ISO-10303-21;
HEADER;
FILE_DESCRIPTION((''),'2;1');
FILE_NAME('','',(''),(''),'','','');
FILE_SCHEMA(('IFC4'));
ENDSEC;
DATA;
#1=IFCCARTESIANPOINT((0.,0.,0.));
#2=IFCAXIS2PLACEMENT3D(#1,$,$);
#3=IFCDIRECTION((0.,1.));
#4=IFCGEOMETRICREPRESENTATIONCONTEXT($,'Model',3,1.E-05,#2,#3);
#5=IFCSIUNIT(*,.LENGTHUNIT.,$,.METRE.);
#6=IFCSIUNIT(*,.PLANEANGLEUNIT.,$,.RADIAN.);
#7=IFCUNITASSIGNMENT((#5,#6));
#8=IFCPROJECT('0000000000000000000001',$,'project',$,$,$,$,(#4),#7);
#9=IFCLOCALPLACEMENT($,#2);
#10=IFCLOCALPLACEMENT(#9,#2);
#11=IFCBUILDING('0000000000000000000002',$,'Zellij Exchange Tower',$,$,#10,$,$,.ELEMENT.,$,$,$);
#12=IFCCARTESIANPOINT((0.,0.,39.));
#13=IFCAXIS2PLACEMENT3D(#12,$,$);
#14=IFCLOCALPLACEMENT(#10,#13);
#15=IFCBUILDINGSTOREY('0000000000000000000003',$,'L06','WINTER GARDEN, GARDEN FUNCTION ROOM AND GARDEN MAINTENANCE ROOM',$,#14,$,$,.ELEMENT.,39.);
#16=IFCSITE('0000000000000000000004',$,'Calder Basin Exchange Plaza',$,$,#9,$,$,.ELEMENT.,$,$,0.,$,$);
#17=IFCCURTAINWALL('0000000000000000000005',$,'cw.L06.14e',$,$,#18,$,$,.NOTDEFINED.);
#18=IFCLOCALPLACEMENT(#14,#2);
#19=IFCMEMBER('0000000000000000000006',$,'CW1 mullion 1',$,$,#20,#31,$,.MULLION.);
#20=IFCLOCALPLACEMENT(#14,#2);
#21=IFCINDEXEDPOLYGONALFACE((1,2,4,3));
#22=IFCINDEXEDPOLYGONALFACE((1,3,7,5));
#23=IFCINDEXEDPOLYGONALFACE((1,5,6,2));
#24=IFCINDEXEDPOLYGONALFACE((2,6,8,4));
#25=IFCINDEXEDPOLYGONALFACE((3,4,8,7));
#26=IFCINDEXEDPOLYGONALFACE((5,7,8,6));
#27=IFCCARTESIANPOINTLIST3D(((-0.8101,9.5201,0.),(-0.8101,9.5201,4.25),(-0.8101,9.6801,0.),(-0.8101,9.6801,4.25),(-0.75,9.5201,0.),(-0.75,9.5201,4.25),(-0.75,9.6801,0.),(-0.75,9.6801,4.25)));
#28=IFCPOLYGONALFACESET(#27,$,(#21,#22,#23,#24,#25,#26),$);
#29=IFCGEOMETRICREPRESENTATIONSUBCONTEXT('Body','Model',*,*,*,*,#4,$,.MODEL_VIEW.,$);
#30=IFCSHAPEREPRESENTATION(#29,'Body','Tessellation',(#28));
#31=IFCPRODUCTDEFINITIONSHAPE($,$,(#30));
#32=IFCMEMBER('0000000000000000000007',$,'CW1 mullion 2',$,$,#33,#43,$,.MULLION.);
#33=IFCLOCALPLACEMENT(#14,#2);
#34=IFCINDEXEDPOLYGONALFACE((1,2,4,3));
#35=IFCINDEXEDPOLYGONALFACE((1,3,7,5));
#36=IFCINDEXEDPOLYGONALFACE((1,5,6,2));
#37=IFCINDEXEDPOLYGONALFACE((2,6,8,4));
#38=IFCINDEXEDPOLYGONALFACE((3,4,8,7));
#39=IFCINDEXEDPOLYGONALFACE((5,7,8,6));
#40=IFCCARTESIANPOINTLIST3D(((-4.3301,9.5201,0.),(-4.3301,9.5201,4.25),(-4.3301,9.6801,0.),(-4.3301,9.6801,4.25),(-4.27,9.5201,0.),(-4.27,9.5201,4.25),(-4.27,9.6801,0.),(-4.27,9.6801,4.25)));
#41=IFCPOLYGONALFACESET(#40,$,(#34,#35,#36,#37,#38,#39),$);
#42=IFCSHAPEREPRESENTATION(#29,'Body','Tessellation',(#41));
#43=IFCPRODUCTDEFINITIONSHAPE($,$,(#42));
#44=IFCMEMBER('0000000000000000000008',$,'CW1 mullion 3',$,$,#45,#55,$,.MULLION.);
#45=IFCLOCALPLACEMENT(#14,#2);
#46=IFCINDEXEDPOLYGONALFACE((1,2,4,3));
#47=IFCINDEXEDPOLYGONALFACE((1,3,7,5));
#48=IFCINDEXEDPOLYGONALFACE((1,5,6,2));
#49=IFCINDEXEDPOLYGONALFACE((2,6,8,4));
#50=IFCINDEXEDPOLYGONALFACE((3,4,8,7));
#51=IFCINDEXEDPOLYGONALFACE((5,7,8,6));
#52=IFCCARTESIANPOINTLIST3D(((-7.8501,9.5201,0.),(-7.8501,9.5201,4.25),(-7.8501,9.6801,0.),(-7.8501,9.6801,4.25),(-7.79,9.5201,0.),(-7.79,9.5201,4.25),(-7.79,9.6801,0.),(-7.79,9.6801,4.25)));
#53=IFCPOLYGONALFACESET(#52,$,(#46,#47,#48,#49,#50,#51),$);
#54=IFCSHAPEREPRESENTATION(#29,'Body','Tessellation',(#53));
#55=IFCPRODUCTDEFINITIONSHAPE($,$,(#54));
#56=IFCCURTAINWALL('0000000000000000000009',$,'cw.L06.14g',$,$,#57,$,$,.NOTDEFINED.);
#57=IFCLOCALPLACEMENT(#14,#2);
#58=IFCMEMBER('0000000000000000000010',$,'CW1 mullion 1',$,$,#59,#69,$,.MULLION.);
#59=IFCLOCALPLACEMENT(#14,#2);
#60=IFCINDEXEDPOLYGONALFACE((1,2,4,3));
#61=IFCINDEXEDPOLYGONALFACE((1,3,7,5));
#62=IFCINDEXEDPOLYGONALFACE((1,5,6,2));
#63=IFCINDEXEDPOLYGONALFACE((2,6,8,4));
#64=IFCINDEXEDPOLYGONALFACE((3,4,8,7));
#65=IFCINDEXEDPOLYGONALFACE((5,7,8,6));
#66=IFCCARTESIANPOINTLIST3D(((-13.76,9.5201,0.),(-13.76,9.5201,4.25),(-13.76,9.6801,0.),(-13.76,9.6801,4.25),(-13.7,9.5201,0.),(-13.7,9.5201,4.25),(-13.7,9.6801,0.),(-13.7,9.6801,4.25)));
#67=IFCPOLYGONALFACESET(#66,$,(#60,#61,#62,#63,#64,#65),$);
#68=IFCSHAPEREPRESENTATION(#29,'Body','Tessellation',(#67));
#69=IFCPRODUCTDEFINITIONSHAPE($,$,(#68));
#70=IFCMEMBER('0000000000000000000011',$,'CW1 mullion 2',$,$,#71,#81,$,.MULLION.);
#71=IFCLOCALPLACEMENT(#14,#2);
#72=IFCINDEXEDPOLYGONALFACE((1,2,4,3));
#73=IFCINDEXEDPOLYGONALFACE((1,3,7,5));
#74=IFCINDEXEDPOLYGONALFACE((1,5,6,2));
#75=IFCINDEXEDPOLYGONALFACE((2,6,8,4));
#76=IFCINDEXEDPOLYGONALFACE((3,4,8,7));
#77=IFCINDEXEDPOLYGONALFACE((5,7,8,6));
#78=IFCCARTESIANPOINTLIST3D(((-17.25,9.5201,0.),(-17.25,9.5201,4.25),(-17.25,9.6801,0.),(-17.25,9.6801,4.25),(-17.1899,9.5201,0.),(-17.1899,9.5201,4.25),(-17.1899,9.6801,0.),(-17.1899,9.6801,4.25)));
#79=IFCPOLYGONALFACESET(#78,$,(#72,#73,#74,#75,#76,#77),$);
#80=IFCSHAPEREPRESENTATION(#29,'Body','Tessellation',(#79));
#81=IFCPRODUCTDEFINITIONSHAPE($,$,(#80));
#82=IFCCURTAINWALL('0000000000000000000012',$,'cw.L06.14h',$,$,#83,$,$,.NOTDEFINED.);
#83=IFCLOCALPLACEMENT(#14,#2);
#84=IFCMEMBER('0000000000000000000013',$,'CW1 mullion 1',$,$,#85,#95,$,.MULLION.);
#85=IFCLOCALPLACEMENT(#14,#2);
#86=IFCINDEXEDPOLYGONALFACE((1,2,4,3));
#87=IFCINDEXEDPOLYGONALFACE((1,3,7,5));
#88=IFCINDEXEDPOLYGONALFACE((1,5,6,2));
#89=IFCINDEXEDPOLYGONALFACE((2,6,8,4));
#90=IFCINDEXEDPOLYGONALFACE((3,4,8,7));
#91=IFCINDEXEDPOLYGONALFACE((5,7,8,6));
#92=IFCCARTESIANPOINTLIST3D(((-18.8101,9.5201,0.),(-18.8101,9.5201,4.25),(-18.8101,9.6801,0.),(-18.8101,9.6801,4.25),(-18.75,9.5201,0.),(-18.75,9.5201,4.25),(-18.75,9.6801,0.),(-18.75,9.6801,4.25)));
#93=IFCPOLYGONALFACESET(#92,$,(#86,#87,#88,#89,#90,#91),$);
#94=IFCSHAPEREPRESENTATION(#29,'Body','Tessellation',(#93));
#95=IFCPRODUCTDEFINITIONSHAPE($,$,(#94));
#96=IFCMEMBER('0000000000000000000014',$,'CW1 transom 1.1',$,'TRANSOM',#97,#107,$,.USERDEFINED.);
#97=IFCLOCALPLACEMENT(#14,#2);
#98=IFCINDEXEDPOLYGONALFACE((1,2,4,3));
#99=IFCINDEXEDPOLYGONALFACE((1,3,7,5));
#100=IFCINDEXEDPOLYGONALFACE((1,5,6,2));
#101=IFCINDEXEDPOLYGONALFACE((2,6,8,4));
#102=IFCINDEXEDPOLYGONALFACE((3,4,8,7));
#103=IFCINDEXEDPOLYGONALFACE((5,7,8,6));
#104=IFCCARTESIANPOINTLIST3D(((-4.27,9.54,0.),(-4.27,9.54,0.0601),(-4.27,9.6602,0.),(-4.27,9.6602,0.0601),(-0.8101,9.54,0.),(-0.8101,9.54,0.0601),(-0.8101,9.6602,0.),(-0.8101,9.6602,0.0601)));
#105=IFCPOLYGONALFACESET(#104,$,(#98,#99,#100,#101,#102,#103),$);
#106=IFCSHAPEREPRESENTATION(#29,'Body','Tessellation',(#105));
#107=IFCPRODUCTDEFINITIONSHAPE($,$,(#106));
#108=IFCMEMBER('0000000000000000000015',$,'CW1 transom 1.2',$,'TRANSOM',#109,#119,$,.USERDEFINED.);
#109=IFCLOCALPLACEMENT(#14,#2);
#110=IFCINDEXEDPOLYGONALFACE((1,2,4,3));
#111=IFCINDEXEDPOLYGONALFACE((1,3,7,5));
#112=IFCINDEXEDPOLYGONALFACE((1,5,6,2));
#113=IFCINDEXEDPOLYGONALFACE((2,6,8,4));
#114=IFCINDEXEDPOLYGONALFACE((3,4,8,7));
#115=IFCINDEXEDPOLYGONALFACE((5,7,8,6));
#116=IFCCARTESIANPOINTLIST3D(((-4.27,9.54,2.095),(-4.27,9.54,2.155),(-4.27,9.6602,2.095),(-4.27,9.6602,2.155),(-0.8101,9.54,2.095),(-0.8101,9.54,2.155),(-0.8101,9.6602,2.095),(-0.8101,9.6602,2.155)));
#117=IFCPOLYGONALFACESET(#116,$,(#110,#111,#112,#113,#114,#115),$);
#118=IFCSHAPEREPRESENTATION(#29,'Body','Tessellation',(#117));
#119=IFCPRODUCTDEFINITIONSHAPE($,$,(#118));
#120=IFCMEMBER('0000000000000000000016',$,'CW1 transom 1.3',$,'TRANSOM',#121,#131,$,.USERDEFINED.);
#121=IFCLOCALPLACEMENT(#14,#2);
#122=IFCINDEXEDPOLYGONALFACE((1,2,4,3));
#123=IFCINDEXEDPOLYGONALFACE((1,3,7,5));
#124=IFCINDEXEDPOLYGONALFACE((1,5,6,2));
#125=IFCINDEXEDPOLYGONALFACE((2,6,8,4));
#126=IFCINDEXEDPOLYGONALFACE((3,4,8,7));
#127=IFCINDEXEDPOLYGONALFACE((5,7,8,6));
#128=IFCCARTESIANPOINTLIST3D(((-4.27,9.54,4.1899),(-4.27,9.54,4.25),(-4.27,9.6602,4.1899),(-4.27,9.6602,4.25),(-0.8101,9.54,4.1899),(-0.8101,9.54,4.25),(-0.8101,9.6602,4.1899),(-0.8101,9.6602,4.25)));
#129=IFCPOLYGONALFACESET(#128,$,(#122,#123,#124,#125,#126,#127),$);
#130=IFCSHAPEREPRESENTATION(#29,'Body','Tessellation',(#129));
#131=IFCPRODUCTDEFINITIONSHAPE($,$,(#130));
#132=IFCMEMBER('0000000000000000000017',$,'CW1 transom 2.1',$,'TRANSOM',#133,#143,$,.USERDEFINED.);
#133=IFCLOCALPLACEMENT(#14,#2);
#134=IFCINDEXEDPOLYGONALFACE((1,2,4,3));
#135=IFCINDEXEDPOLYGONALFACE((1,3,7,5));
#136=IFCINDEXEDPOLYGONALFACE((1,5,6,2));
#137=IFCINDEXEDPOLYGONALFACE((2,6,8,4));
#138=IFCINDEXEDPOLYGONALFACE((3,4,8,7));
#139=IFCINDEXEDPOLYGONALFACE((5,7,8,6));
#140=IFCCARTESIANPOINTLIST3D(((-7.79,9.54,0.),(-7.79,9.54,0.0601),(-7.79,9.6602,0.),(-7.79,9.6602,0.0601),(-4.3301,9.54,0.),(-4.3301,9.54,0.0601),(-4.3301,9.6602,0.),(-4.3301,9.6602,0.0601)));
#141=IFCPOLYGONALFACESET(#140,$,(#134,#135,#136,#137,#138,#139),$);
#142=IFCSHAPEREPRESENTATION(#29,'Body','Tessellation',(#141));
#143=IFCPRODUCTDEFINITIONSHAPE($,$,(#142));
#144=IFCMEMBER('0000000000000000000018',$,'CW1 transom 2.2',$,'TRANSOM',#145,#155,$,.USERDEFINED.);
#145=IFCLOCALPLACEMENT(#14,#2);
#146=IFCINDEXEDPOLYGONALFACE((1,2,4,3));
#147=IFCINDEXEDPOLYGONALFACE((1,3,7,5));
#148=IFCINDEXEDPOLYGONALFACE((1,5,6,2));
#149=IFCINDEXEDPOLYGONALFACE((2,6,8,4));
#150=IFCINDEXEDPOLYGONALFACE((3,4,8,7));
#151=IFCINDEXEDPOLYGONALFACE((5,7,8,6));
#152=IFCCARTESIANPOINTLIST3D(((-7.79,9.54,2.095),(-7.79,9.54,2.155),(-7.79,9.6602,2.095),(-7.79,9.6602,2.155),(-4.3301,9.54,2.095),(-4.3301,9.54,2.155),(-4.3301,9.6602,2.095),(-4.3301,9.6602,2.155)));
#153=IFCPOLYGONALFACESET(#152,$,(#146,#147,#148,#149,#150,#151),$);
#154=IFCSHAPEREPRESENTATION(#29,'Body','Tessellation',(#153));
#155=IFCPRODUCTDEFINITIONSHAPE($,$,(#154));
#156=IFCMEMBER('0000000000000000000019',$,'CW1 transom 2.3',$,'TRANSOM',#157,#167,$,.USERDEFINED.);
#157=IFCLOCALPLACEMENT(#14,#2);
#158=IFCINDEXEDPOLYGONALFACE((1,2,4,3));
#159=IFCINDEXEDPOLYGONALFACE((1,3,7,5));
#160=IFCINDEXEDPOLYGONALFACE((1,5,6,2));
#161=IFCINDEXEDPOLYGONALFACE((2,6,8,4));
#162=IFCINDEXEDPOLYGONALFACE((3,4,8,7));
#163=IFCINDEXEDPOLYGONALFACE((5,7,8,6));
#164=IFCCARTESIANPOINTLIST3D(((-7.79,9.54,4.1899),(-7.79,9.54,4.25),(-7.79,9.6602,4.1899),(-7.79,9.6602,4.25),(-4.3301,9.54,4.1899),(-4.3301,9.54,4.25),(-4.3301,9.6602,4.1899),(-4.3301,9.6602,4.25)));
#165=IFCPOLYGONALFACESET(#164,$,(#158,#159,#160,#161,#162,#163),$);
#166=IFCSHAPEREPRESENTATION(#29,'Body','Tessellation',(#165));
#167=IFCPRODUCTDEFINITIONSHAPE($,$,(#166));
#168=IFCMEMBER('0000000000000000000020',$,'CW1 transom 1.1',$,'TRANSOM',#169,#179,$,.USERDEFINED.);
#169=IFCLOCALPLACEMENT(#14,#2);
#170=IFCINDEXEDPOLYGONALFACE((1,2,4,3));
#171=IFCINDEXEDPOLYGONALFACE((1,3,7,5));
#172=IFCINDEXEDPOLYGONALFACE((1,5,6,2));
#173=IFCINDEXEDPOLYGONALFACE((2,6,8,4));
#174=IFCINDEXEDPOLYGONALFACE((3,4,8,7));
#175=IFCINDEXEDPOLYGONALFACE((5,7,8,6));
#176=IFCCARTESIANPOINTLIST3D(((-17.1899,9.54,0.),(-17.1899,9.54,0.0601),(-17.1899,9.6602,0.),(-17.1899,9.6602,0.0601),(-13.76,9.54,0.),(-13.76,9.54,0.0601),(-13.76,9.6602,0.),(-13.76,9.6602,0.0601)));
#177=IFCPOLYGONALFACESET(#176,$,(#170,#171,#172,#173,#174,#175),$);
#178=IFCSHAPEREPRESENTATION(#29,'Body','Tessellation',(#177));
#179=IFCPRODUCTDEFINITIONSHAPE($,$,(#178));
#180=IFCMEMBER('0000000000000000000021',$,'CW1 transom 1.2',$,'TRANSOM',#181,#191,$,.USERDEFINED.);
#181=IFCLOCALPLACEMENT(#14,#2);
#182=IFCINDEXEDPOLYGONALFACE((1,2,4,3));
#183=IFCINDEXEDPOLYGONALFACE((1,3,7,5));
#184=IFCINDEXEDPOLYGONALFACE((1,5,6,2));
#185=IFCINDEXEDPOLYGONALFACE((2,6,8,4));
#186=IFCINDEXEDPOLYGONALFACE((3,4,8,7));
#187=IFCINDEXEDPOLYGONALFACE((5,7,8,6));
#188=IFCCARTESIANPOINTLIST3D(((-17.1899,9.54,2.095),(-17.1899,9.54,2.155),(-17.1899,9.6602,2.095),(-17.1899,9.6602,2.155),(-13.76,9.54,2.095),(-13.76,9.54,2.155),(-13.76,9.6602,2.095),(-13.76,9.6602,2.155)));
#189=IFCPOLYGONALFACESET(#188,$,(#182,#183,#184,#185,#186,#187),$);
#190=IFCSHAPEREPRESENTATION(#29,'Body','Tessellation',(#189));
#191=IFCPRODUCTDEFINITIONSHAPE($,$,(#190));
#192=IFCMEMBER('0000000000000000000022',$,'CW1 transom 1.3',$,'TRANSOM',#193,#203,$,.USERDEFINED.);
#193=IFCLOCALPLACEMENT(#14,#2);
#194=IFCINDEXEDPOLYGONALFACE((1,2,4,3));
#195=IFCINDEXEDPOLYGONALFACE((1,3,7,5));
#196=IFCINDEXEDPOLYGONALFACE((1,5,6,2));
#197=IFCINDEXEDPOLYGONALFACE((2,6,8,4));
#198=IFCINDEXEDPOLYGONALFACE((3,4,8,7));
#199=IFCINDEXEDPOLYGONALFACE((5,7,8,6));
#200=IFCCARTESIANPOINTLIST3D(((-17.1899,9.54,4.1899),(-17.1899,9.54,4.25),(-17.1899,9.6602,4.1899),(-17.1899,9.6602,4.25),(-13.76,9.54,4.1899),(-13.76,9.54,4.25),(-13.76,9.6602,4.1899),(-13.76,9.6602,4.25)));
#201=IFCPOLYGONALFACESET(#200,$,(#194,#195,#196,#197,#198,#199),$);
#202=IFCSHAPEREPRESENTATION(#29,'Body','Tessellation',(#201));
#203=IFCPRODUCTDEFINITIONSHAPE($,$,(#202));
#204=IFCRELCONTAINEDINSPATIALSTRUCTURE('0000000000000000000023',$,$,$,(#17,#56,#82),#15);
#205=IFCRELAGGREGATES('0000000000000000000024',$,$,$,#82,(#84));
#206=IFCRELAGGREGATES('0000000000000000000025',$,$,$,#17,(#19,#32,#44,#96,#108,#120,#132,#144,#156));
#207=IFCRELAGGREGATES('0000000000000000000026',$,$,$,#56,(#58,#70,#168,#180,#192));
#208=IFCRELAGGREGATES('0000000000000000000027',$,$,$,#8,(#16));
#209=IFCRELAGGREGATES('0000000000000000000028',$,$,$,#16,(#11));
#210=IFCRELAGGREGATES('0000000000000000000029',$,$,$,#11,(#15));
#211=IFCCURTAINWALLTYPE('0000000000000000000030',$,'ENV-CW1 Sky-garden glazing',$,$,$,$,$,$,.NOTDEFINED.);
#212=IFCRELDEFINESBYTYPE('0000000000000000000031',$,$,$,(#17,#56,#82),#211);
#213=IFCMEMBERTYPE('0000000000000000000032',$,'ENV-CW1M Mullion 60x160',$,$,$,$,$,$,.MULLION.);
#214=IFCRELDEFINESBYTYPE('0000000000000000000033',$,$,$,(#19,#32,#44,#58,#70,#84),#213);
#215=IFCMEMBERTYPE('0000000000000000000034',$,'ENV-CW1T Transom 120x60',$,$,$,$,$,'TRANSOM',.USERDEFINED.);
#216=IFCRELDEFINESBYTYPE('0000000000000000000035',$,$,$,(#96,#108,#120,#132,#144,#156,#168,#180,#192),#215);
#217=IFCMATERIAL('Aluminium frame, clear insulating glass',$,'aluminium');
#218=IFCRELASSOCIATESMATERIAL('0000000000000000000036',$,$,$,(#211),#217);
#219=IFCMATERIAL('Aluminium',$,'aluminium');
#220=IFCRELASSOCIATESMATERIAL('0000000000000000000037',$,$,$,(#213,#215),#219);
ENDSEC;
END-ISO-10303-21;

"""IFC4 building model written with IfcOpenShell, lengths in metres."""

from ifc_helpers import new_model, si_unit, direction, frame, origin, origin_2d, place, context, subcontext, project, spatial, rectangle, extrude, material, material_profile, profile_set, type_object, element, aggregate, save


model = new_model("IFC4")

# Units and contexts
model_context = context("Model", 3, precision=1e-05, world=origin(), true_north=direction((0.0, 1.0)))
body_context = subcontext(model_context, "Body", "Model", "MODEL_VIEW")
ifc_project = project(units=[si_unit("LENGTHUNIT", "METRE"), si_unit("PLANEANGLEUNIT", "RADIAN")], contexts=[model_context])

# Site, building, storey
site_placement = place(None, origin())
site = spatial("IfcSite", under=ifc_project, at=site_placement, Name="Calder Basin Exchange Plaza", CompositionType="ELEMENT", RefElevation=0.0)
building_placement = place(site_placement, origin())
building = spatial("IfcBuilding", under=site, at=building_placement, Name="Zellij Exchange Tower", CompositionType="ELEMENT")
storey_placement = place(building_placement, frame((0.0, 0.0, 39.0)))
storey = spatial("IfcBuildingStorey", under=building, at=storey_placement, Name="L06", Description="WINTER GARDEN, GARDEN FUNCTION ROOM AND GARDEN MAINTENANCE ROOM", CompositionType="ELEMENT", Elevation=39.0)

# Curtain walls, members
ifc_material_1 = material(Name="Aluminium frame, clear insulating glass", Category="aluminium")
curtain_wall_type = type_object("IfcCurtainWallType", Name="ENV-CW1 Sky-garden glazing", PredefinedType="NOTDEFINED", material=ifc_material_1)
curtain_wall_1_placement = place(storey_placement, origin())
curtain_wall_1 = element("IfcCurtainWall", 1, at=curtain_wall_1_placement, inside=storey, type_object=curtain_wall_type, Name="cw.L06.14e", PredefinedType="NOTDEFINED")
ifc_material_2 = material(Name="Aluminium", Category="aluminium")
ifc_material_profile_1 = material_profile(ifc_material_2, rectangle(XDim=0.0601, YDim=0.1599, at=origin_2d()), Name="AL 60x160")
ifc_profile_set_1 = profile_set([ifc_material_profile_1], Name="Aluminium")
member_type_1 = type_object("IfcMemberType", Name="ENV-CW1M Mullion 60x160", PredefinedType="MULLION", material=ifc_profile_set_1)
member_1_placement = place(storey_placement, frame((-0.78, 9.6001, 0.0), z_axis=(0.0, 0.0, 1.0), x_axis=(-1.0, 0.0, 0.0)))
member_1 = element("IfcMember", 2, at=member_1_placement, type_object=member_type_1, Name="CW1 mullion 1", PredefinedType="MULLION", context=body_context, shape_type="SweptSolid", body=[
    extrude(rectangle(XDim=0.0601, YDim=0.1599, at=origin_2d()), origin(), (0.0, 0.0, 1.0), 4.25),
])
member_2_placement = place(storey_placement, frame((-4.3, 9.6001, 0.0), z_axis=(0.0, 0.0, 1.0), x_axis=(-1.0, 0.0, 0.0)))
member_2 = element("IfcMember", 3, at=member_2_placement, type_object=member_type_1, Name="CW1 mullion 2", PredefinedType="MULLION", context=body_context, shape_type="SweptSolid", body=[
    extrude(rectangle(XDim=0.0601, YDim=0.1599, at=origin_2d()), origin(), (0.0, 0.0, 1.0), 4.25),
])
member_3_placement = place(storey_placement, frame((-7.8201, 9.6001, 0.0), z_axis=(0.0, 0.0, 1.0), x_axis=(-1.0, 0.0, 0.0)))
member_3 = element("IfcMember", 4, at=member_3_placement, type_object=member_type_1, Name="CW1 mullion 3", PredefinedType="MULLION", context=body_context, shape_type="SweptSolid", body=[
    extrude(rectangle(XDim=0.0601, YDim=0.1599, at=origin_2d()), origin(), (0.0, 0.0, 1.0), 4.25),
])
curtain_wall_2_placement = place(storey_placement, origin())
curtain_wall_2 = element("IfcCurtainWall", 5, at=curtain_wall_2_placement, inside=storey, type_object=curtain_wall_type, Name="cw.L06.14g", PredefinedType="NOTDEFINED")
member_4_placement = place(storey_placement, frame((-13.73, 9.6001, 0.0), z_axis=(0.0, 0.0, 1.0), x_axis=(-1.0, 0.0, 0.0)))
member_4 = element("IfcMember", 6, at=member_4_placement, type_object=member_type_1, Name="CW1 mullion 1", PredefinedType="MULLION", context=body_context, shape_type="SweptSolid", body=[
    extrude(rectangle(XDim=0.0601, YDim=0.1599, at=origin_2d()), origin(), (0.0, 0.0, 1.0), 4.25),
])
member_5_placement = place(storey_placement, frame((-17.22, 9.6001, 0.0), z_axis=(0.0, 0.0, 1.0), x_axis=(-1.0, 0.0, 0.0)))
member_5 = element("IfcMember", 7, at=member_5_placement, type_object=member_type_1, Name="CW1 mullion 2", PredefinedType="MULLION", context=body_context, shape_type="SweptSolid", body=[
    extrude(rectangle(XDim=0.0601, YDim=0.1599, at=origin_2d()), origin(), (0.0, 0.0, 1.0), 4.25),
])

# Curtain wall, member
curtain_wall_3_placement = place(storey_placement, origin())
curtain_wall_3 = element("IfcCurtainWall", 8, at=curtain_wall_3_placement, inside=storey, type_object=curtain_wall_type, Name="cw.L06.14h", PredefinedType="NOTDEFINED")
member_6_placement = place(storey_placement, frame((-18.78, 9.6001, 0.0), z_axis=(0.0, 0.0, 1.0), x_axis=(-1.0, 0.0, 0.0)))
member_6 = element("IfcMember", 9, at=member_6_placement, type_object=member_type_1, Name="CW1 mullion 1", PredefinedType="MULLION", context=body_context, shape_type="SweptSolid", body=[
    extrude(rectangle(XDim=0.0601, YDim=0.1599, at=origin_2d()), origin(), (0.0, 0.0, 1.0), 4.25),
])

# Members
ifc_material_profile_2 = material_profile(ifc_material_2, rectangle(XDim=0.1201, YDim=0.0601, at=origin_2d()), Name="AL 120x60")
ifc_profile_set_2 = profile_set([ifc_material_profile_2], Name="Aluminium")
member_type_2 = type_object("IfcMemberType", Name="ENV-CW1T Transom 120x60", ElementType="TRANSOM", PredefinedType="USERDEFINED", material=ifc_profile_set_2)
member_7_placement = place(storey_placement, frame((-0.8101, 9.6001, 0.03), z_axis=(-1.0, 0.0, 0.0), x_axis=(0.0, -1.0, 0.0)))
member_7 = element("IfcMember", 10, at=member_7_placement, type_object=member_type_2, Name="CW1 transom 1.1", ObjectType="TRANSOM", PredefinedType="USERDEFINED", context=body_context, shape_type="SweptSolid", body=[
    extrude(rectangle(XDim=0.1201, YDim=0.0601, at=origin_2d()), origin(), (0.0, 0.0, 1.0), 3.46),
])
member_8_placement = place(storey_placement, frame((-0.8101, 9.6001, 2.125), z_axis=(-1.0, 0.0, 0.0), x_axis=(0.0, -1.0, 0.0)))
member_8 = element("IfcMember", 11, at=member_8_placement, type_object=member_type_2, Name="CW1 transom 1.2", ObjectType="TRANSOM", PredefinedType="USERDEFINED", context=body_context, shape_type="SweptSolid", body=[
    extrude(rectangle(XDim=0.1201, YDim=0.0601, at=origin_2d()), origin(), (0.0, 0.0, 1.0), 3.46),
])
member_9_placement = place(storey_placement, frame((-0.8101, 9.6001, 4.22), z_axis=(-1.0, 0.0, 0.0), x_axis=(0.0, -1.0, 0.0)))
member_9 = element("IfcMember", 12, at=member_9_placement, type_object=member_type_2, Name="CW1 transom 1.3", ObjectType="TRANSOM", PredefinedType="USERDEFINED", context=body_context, shape_type="SweptSolid", body=[
    extrude(rectangle(XDim=0.1201, YDim=0.0601, at=origin_2d()), origin(), (0.0, 0.0, 1.0), 3.46),
])
member_10_placement = place(storey_placement, frame((-4.3301, 9.6001, 0.03), z_axis=(-1.0, 0.0, 0.0), x_axis=(0.0, -1.0, 0.0)))
member_10 = element("IfcMember", 13, at=member_10_placement, type_object=member_type_2, Name="CW1 transom 2.1", ObjectType="TRANSOM", PredefinedType="USERDEFINED", context=body_context, shape_type="SweptSolid", body=[
    extrude(rectangle(XDim=0.1201, YDim=0.0601, at=origin_2d()), origin(), (0.0, 0.0, 1.0), 3.46),
])
member_11_placement = place(storey_placement, frame((-4.3301, 9.6001, 2.125), z_axis=(-1.0, 0.0, 0.0), x_axis=(0.0, -1.0, 0.0)))
member_11 = element("IfcMember", 14, at=member_11_placement, type_object=member_type_2, Name="CW1 transom 2.2", ObjectType="TRANSOM", PredefinedType="USERDEFINED", context=body_context, shape_type="SweptSolid", body=[
    extrude(rectangle(XDim=0.1201, YDim=0.0601, at=origin_2d()), origin(), (0.0, 0.0, 1.0), 3.46),
])
member_12_placement = place(storey_placement, frame((-4.3301, 9.6001, 4.22), z_axis=(-1.0, 0.0, 0.0), x_axis=(0.0, -1.0, 0.0)))
member_12 = element("IfcMember", 15, at=member_12_placement, type_object=member_type_2, Name="CW1 transom 2.3", ObjectType="TRANSOM", PredefinedType="USERDEFINED", context=body_context, shape_type="SweptSolid", body=[
    extrude(rectangle(XDim=0.1201, YDim=0.0601, at=origin_2d()), origin(), (0.0, 0.0, 1.0), 3.46),
])
member_13_placement = place(storey_placement, frame((-13.76, 9.6001, 0.03), z_axis=(-1.0, 0.0, 0.0), x_axis=(0.0, -1.0, 0.0)))
member_13 = element("IfcMember", 16, at=member_13_placement, type_object=member_type_2, Name="CW1 transom 1.1", ObjectType="TRANSOM", PredefinedType="USERDEFINED", context=body_context, shape_type="SweptSolid", body=[
    extrude(rectangle(XDim=0.1201, YDim=0.0601, at=origin_2d()), origin(), (0.0, 0.0, 1.0), 3.4299),
])
member_14_placement = place(storey_placement, frame((-13.76, 9.6001, 2.125), z_axis=(-1.0, 0.0, 0.0), x_axis=(0.0, -1.0, 0.0)))
member_14 = element("IfcMember", 17, at=member_14_placement, type_object=member_type_2, Name="CW1 transom 1.2", ObjectType="TRANSOM", PredefinedType="USERDEFINED", context=body_context, shape_type="SweptSolid", body=[
    extrude(rectangle(XDim=0.1201, YDim=0.0601, at=origin_2d()), origin(), (0.0, 0.0, 1.0), 3.4299),
])
member_15_placement = place(storey_placement, frame((-13.76, 9.6001, 4.22), z_axis=(-1.0, 0.0, 0.0), x_axis=(0.0, -1.0, 0.0)))
member_15 = element("IfcMember", 18, at=member_15_placement, type_object=member_type_2, Name="CW1 transom 1.3", ObjectType="TRANSOM", PredefinedType="USERDEFINED", context=body_context, shape_type="SweptSolid", body=[
    extrude(rectangle(XDim=0.1201, YDim=0.0601, at=origin_2d()), origin(), (0.0, 0.0, 1.0), 3.4299),
])
aggregate(curtain_wall_3, [member_6])

aggregate(curtain_wall_1, [member_1, member_2, member_3, member_7, member_8, member_9, member_10, member_11, member_12])
aggregate(curtain_wall_2, [member_4, member_5, member_13, member_14, member_15])

save(model, "model.ifc")
